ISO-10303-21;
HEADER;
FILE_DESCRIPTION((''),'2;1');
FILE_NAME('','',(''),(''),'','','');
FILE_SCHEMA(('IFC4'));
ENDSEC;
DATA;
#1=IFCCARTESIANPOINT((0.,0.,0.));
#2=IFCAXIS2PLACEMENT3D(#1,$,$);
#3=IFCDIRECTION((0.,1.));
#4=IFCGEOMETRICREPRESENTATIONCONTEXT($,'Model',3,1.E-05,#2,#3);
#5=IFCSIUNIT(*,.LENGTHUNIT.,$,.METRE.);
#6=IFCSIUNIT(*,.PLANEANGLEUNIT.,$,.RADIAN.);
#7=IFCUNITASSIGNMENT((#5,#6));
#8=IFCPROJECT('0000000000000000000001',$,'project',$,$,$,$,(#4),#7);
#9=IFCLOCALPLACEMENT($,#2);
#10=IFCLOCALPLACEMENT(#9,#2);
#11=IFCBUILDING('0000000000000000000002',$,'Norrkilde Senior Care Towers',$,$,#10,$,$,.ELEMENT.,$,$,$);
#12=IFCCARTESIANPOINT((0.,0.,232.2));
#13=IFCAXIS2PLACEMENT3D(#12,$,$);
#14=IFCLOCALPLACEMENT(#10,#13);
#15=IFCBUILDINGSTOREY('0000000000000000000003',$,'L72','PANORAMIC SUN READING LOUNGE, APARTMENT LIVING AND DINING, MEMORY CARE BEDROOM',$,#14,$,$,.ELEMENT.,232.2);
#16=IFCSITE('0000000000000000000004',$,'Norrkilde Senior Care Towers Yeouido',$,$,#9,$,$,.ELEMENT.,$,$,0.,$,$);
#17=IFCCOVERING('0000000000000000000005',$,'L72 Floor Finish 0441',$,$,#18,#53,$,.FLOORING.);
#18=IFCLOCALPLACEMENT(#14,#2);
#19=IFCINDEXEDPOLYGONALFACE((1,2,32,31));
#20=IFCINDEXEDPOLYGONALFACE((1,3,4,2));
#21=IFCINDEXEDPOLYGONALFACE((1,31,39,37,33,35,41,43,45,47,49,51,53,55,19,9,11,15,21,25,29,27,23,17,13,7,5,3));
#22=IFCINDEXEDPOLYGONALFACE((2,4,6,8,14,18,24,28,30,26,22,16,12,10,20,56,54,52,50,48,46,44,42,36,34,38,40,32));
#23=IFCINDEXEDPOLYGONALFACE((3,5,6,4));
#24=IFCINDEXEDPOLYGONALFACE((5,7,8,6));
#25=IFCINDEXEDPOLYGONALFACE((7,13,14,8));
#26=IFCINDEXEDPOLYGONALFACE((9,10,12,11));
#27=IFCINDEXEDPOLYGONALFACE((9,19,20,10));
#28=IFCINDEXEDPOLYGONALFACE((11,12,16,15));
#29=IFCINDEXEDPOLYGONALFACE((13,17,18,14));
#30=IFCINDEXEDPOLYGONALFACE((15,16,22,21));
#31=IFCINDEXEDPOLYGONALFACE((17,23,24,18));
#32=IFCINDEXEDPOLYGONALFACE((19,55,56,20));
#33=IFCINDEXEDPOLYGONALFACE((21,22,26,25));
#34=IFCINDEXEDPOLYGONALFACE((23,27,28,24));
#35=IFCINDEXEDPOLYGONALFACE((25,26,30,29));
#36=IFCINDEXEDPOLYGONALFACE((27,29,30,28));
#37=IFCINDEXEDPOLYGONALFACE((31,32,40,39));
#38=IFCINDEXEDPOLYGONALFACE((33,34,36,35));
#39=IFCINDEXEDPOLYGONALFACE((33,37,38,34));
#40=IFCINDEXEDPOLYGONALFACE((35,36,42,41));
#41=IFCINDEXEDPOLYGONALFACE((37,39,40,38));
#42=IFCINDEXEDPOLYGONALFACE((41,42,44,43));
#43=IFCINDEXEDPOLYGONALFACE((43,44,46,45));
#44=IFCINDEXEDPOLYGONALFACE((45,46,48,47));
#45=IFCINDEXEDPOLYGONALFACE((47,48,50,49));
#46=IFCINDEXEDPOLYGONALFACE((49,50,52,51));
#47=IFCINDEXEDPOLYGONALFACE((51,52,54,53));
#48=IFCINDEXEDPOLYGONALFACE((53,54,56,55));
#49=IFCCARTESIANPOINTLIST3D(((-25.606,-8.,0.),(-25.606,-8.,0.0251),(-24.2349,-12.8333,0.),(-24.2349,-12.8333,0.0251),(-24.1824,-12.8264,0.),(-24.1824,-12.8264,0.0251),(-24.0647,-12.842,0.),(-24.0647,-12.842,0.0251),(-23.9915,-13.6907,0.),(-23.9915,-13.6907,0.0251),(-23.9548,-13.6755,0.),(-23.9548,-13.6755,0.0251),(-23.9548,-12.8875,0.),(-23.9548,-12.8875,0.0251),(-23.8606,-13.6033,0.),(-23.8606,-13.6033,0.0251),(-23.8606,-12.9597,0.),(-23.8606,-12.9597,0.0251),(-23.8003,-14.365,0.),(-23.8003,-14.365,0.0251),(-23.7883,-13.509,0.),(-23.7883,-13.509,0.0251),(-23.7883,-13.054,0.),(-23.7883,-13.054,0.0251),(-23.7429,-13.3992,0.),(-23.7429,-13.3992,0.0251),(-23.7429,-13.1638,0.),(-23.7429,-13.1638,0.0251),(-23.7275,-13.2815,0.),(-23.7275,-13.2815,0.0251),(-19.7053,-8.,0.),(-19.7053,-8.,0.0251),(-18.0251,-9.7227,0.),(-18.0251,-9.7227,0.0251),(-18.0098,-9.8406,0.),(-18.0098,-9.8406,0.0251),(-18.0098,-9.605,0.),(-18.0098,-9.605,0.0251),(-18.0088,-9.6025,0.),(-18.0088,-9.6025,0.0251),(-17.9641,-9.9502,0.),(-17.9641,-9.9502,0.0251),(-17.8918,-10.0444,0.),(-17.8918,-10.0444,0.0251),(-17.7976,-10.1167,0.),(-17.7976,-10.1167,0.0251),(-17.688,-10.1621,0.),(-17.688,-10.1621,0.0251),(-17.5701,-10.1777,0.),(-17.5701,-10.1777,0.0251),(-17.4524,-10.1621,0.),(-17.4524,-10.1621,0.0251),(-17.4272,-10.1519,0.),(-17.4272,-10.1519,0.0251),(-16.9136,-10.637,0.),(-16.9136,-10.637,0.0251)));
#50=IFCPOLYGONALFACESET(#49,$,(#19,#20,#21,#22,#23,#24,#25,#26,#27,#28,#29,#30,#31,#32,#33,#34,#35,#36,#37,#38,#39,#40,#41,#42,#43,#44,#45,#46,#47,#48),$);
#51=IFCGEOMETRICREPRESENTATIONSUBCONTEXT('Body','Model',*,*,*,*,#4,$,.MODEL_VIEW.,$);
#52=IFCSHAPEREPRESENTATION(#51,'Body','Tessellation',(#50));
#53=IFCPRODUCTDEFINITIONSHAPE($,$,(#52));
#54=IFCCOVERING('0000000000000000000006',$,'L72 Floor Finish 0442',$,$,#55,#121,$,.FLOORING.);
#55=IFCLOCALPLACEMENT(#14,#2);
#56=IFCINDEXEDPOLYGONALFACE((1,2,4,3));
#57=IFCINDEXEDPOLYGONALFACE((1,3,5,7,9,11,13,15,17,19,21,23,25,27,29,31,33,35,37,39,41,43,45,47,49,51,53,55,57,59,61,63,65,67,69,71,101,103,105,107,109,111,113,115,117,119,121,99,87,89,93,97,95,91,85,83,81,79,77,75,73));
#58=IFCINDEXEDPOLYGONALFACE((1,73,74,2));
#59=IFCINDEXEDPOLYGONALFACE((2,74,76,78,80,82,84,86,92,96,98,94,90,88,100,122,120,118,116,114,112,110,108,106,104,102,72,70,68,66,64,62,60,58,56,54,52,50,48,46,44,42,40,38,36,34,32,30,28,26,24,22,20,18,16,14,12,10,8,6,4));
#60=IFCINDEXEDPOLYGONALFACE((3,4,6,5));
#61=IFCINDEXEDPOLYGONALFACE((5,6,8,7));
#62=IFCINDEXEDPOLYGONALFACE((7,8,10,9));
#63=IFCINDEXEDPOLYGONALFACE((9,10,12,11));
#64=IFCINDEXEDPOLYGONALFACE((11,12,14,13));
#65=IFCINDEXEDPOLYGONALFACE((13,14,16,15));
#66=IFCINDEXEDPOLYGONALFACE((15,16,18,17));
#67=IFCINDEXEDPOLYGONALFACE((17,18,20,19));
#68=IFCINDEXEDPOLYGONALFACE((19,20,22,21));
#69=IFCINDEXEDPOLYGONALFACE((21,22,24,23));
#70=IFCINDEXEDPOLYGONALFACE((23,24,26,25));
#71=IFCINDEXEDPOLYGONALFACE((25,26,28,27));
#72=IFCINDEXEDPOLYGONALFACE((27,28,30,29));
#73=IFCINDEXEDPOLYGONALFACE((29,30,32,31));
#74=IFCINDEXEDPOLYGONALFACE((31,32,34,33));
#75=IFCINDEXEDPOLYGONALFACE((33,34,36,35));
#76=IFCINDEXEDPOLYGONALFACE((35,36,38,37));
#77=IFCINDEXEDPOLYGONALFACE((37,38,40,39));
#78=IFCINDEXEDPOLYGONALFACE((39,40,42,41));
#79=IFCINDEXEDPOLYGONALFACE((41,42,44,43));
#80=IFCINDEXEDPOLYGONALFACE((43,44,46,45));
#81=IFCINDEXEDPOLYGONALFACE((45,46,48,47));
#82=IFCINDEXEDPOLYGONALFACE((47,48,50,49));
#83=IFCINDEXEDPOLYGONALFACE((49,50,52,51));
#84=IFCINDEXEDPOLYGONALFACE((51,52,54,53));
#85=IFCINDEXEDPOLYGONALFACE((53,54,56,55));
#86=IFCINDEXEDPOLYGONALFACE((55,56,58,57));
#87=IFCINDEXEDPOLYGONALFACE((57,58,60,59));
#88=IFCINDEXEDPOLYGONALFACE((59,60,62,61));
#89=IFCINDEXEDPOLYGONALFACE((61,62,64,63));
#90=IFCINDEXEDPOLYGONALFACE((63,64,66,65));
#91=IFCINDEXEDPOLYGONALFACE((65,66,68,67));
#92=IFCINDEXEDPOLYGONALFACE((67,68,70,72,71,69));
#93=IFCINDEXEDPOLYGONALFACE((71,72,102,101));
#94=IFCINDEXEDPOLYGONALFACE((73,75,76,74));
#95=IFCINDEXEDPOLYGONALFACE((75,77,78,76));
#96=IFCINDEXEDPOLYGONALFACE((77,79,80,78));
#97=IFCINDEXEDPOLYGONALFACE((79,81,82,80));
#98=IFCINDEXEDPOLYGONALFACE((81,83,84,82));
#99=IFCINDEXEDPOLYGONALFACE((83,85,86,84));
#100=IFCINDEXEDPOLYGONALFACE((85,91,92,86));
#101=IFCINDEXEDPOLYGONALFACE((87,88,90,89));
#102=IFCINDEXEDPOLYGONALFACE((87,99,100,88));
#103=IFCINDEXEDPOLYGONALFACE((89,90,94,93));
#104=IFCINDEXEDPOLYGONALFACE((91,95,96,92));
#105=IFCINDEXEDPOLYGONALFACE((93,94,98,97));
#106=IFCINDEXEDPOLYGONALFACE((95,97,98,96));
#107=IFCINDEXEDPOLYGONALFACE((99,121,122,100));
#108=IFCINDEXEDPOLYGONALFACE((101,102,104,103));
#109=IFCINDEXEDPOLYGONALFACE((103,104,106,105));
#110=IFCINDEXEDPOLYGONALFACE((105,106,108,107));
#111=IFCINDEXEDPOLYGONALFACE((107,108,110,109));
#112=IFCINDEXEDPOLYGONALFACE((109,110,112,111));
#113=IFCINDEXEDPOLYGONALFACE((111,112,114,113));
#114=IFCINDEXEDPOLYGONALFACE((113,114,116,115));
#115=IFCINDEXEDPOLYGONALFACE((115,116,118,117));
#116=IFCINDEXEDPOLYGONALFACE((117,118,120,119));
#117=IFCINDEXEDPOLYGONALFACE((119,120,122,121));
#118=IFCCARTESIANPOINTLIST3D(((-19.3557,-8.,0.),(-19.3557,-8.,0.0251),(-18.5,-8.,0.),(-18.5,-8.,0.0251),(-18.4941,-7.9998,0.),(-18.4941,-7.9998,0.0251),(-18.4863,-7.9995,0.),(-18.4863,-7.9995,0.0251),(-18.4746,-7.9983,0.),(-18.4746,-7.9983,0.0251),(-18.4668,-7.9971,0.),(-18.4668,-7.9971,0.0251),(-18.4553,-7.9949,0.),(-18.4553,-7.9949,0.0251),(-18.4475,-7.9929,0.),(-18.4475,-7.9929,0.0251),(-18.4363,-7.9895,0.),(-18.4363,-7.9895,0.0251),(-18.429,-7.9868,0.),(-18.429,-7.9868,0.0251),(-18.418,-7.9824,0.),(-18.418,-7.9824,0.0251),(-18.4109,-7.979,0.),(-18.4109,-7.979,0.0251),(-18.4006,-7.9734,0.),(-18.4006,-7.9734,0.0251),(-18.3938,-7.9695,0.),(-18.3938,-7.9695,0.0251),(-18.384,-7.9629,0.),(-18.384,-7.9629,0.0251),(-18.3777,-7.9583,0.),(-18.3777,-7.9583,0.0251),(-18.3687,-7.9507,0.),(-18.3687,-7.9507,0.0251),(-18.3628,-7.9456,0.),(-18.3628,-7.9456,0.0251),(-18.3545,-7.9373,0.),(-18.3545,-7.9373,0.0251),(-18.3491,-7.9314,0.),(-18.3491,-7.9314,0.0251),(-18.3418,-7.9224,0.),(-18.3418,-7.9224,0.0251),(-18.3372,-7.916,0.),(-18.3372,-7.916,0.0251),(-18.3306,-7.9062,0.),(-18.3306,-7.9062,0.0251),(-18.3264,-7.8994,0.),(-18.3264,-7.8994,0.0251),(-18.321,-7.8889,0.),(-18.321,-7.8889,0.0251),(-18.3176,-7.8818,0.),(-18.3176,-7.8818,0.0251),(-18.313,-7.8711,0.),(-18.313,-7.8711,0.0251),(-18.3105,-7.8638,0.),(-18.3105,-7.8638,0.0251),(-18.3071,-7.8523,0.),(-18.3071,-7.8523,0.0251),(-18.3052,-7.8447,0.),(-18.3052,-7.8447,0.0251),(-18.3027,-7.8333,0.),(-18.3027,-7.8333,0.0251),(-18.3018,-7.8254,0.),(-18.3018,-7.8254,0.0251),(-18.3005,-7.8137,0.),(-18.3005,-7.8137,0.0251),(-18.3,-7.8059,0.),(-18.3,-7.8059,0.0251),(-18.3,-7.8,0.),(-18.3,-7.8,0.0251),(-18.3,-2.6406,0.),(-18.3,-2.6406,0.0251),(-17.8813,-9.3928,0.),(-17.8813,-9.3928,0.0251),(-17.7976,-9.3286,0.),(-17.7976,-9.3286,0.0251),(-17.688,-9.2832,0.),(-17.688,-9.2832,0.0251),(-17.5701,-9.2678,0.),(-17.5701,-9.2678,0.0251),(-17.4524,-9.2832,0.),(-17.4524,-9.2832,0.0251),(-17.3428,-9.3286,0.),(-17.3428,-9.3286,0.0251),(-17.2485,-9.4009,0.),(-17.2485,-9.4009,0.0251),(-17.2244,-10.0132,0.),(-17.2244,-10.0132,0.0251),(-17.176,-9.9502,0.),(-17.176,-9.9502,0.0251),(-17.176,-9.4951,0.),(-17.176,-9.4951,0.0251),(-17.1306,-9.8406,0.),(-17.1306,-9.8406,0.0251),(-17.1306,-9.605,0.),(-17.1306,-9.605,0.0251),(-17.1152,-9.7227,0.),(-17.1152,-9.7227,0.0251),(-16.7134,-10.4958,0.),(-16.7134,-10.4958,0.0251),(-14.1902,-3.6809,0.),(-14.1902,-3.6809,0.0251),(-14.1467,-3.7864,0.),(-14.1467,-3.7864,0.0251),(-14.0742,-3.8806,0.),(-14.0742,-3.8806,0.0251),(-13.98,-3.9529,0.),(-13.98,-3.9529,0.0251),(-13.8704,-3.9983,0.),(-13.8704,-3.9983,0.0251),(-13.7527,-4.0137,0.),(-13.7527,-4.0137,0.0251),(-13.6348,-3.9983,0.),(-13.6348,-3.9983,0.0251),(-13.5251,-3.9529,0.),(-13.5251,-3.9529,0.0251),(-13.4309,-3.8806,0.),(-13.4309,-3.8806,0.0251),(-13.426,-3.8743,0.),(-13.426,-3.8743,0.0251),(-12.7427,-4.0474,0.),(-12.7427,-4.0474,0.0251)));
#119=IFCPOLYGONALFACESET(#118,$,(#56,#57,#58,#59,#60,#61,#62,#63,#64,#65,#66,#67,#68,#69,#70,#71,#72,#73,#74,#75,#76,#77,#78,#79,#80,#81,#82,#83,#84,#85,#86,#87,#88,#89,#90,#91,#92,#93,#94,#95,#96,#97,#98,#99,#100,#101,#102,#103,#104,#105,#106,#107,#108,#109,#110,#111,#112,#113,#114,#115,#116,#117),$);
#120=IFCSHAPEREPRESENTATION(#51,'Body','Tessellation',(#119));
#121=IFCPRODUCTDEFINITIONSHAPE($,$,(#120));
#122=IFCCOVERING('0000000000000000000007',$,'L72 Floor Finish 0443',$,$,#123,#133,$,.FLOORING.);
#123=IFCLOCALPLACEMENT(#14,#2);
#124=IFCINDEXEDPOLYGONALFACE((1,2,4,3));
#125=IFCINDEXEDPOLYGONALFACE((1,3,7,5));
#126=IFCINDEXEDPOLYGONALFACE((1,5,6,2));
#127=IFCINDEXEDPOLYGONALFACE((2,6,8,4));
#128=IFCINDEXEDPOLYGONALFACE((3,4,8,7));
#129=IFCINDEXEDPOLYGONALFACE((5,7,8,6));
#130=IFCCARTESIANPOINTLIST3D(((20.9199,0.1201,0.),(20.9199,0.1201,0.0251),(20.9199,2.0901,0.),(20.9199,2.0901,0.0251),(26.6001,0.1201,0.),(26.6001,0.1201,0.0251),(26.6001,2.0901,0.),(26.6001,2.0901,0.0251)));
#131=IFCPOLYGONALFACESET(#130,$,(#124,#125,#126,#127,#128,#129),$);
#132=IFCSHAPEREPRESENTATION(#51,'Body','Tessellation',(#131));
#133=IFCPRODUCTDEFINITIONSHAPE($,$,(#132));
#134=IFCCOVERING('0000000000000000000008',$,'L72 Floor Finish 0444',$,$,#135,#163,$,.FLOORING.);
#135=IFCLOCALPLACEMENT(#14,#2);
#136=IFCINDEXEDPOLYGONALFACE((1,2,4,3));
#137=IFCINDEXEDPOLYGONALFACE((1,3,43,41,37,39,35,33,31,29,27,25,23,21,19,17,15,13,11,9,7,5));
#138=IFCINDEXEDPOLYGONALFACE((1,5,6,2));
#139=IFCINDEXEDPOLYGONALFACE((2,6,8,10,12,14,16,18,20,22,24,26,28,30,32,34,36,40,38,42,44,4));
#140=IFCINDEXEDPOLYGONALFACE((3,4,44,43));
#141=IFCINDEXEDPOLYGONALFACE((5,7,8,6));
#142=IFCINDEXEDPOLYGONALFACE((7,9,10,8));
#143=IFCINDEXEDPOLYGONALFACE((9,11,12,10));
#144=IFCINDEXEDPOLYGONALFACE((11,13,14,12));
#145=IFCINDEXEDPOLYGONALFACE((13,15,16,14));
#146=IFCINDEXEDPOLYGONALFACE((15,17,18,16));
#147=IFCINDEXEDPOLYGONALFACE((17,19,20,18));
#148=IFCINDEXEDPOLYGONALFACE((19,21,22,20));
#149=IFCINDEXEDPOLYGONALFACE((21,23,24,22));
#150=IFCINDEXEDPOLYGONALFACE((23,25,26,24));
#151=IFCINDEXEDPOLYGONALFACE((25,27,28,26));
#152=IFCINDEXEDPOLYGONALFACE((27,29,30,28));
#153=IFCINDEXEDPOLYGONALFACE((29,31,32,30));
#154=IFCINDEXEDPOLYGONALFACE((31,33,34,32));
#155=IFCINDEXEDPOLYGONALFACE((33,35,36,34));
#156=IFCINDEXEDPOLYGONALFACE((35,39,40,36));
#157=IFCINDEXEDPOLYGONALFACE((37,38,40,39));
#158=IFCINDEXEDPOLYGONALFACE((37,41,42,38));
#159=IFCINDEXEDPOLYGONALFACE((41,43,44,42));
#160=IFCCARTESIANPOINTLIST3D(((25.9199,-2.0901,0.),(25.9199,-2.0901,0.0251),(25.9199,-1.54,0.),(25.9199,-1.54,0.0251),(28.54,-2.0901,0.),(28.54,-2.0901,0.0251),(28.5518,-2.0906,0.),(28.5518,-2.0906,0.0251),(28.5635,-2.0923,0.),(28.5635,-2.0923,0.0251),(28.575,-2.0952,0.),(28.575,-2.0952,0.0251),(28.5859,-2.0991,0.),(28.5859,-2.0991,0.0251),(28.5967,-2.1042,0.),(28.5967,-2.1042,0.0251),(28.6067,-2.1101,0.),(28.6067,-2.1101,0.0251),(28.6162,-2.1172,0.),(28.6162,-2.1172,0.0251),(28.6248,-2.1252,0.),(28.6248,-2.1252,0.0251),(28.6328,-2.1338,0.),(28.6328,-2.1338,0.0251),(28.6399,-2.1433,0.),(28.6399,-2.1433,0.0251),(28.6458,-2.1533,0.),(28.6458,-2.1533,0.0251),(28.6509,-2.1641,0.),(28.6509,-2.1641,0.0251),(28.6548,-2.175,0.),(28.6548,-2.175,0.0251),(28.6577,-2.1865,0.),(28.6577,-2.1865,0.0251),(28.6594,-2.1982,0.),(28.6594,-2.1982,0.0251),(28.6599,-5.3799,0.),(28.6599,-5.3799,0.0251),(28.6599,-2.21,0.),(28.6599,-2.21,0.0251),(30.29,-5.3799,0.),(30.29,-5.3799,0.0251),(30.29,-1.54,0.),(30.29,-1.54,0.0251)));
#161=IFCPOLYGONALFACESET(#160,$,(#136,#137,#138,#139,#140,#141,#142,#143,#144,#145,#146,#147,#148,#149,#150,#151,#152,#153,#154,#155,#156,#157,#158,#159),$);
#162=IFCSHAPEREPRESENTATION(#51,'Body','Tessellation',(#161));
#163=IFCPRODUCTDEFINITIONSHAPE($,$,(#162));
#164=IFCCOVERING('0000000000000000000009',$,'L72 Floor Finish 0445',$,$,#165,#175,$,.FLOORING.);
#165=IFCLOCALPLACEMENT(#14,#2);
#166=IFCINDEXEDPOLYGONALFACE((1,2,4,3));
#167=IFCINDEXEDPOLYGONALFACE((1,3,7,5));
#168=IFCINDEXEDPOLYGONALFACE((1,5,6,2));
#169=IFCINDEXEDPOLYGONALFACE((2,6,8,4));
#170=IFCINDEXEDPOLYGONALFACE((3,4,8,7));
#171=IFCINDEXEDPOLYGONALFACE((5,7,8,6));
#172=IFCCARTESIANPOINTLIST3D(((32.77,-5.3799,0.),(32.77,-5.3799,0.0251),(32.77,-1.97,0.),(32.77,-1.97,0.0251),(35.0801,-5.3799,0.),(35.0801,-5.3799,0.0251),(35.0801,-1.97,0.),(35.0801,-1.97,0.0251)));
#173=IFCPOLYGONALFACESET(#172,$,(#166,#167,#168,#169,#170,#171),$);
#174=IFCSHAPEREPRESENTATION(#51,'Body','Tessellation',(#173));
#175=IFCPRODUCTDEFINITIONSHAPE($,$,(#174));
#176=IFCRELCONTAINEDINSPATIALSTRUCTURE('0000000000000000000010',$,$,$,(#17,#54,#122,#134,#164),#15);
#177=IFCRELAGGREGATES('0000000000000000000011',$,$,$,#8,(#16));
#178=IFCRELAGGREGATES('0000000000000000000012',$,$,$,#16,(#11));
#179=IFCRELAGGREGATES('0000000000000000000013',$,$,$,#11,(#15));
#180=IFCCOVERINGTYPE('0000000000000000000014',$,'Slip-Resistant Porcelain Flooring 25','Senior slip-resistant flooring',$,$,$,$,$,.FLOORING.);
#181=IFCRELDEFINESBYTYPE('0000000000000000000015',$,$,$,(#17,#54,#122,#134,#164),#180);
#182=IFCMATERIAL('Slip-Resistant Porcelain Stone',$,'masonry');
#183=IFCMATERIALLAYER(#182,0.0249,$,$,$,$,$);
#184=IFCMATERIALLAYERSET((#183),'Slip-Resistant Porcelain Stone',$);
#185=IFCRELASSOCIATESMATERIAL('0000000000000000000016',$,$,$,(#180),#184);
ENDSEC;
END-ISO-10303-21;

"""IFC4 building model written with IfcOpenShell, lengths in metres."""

from ifc_helpers import new_model, si_unit, direction, frame, origin, place, context, subcontext, project, spatial, polyline, outline, extrude, material, layer, layer_set, type_object, element, save


model = new_model("IFC4")

# Units and contexts
model_context = context("Model", 3, precision=1e-05, world=origin(), true_north=direction((0.0, 1.0)))
body_context = subcontext(model_context, "Body", "Model", "MODEL_VIEW")
ifc_project = project(units=[si_unit("LENGTHUNIT", "METRE"), si_unit("PLANEANGLEUNIT", "RADIAN")], contexts=[model_context])

# Site, building, storey
site_placement = place(None, origin())
site = spatial("IfcSite", under=ifc_project, at=site_placement, Name="Norrkilde Senior Care Towers Yeouido", CompositionType="ELEMENT", RefElevation=0.0)
building_placement = place(site_placement, origin())
building = spatial("IfcBuilding", under=site, at=building_placement, Name="Norrkilde Senior Care Towers", CompositionType="ELEMENT")
storey_placement = place(building_placement, frame((0.0, 0.0, 232.2)))
storey = spatial("IfcBuildingStorey", under=building, at=storey_placement, Name="L72", Description="PANORAMIC SUN READING LOUNGE, APARTMENT LIVING AND DINING, MEMORY CARE BEDROOM", CompositionType="ELEMENT", Elevation=232.2)

# Coverings
ifc_material_1 = material(Name="Slip-Resistant Porcelain Stone", Category="masonry")
ifc_layer_1 = layer(ifc_material_1, 0.0249)
ifc_layer_set_1 = layer_set([ifc_layer_1], Name="Slip-Resistant Porcelain Stone")
covering_type_1 = type_object("IfcCoveringType", Name="Slip-Resistant Porcelain Flooring 25", Description="Senior slip-resistant flooring", PredefinedType="FLOORING", material=ifc_layer_set_1)
covering_1_placement = place(storey_placement, origin())
element("IfcCovering", 1, at=covering_1_placement, inside=storey, type_object=covering_type_1, Name="L72 Floor Finish 0441", PredefinedType="FLOORING", context=body_context, shape_type="SweptSolid", body=[
    extrude(outline(polyline([(-23.8003, -14.365), (-23.9915, -13.6907), (-23.9548, -13.6755), (-23.8606, -13.6033), (-23.7883, -13.509), (-23.7429, -13.3992), (-23.7275, -13.2815), (-23.7429, -13.1638), (-23.7883, -13.054), (-23.8606, -12.9597), (-23.9548, -12.8875), (-24.0647, -12.842), (-24.1824, -12.8264), (-24.2349, -12.8333), (-25.606, -8.0), (-19.7053, -8.0), (-18.0088, -9.6025), (-18.0098, -9.605), (-18.0251, -9.7227), (-18.0098, -9.8406), (-17.9641, -9.9502), (-17.8918, -10.0444), (-17.7976, -10.1167), (-17.688, -10.1621), (-17.5701, -10.1777), (-17.4524, -10.1621), (-17.4272, -10.1519), (-16.9136, -10.637), (-23.8003, -14.365)])), origin(), (0.0, 0.0, 1.0), 0.0251),
])
covering_2_placement = place(storey_placement, origin())
element("IfcCovering", 2, at=covering_2_placement, inside=storey, type_object=covering_type_1, Name="L72 Floor Finish 0442", PredefinedType="FLOORING", context=body_context, shape_type="SweptSolid", body=[
    extrude(outline(polyline([(-18.4475, -7.9929), (-18.4363, -7.9895), (-18.429, -7.9868), (-18.418, -7.9824), (-18.4109, -7.979), (-18.4006, -7.9734), (-18.3938, -7.9695), (-18.384, -7.9629), (-18.3777, -7.9583), (-18.3687, -7.9507), (-18.3628, -7.9456), (-18.3545, -7.9373), (-18.3491, -7.9314), (-18.3418, -7.9224), (-18.3372, -7.916), (-18.3306, -7.9062), (-18.3264, -7.8994), (-18.321, -7.8889), (-18.3176, -7.8818), (-18.313, -7.8711), (-18.3105, -7.8638), (-18.3071, -7.8523), (-18.3052, -7.8447), (-18.3027, -7.8333), (-18.3018, -7.8254), (-18.3005, -7.8137), (-18.3, -7.8059), (-18.3, -7.8), (-18.3, -2.6406), (-14.1902, -3.6809), (-14.1467, -3.7864), (-14.0742, -3.8806), (-13.98, -3.9529), (-13.8704, -3.9983), (-13.7527, -4.0137), (-13.6348, -3.9983), (-13.5251, -3.9529), (-13.4309, -3.8806), (-13.426, -3.8743), (-12.7427, -4.0474), (-16.7134, -10.4958), (-17.2244, -10.0132), (-17.176, -9.9502), (-17.1306, -9.8406), (-17.1152, -9.7227), (-17.1306, -9.605), (-17.176, -9.4951), (-17.2485, -9.4009), (-17.3428, -9.3286), (-17.4524, -9.2832), (-17.5701, -9.2678), (-17.688, -9.2832), (-17.7976, -9.3286), (-17.8813, -9.3928), (-19.3557, -8.0), (-18.5, -8.0), (-18.4941, -7.9998), (-18.4863, -7.9995), (-18.4746, -7.9983), (-18.4668, -7.9971), (-18.4553, -7.9949), (-18.4475, -7.9929)])), origin(), (0.0, 0.0, 1.0), 0.0251),
])
covering_3_placement = place(storey_placement, origin())
element("IfcCovering", 3, at=covering_3_placement, inside=storey, type_object=covering_type_1, Name="L72 Floor Finish 0443", PredefinedType="FLOORING", context=body_context, shape_type="SweptSolid", body=[
    extrude(outline(polyline([(20.9199, 0.1201), (20.9199, 2.0901), (26.6001, 2.0901), (26.6001, 0.1201), (20.9199, 0.1201)])), origin(), (0.0, 0.0, 1.0), 0.0251),
])
covering_4_placement = place(storey_placement, origin())
element("IfcCovering", 4, at=covering_4_placement, inside=storey, type_object=covering_type_1, Name="L72 Floor Finish 0444", PredefinedType="FLOORING", context=body_context, shape_type="SweptSolid", body=[
    extrude(outline(polyline([(28.6548, -2.175), (28.6509, -2.1641), (28.6458, -2.1533), (28.6399, -2.1433), (28.6328, -2.1338), (28.6248, -2.1252), (28.6162, -2.1172), (28.6067, -2.1101), (28.5967, -2.1042), (28.5859, -2.0991), (28.575, -2.0952), (28.5635, -2.0923), (28.5518, -2.0906), (28.54, -2.0901), (25.9199, -2.0901), (25.9199, -1.54), (30.29, -1.54), (30.29, -5.3799), (28.6599, -5.3799), (28.6599, -2.21), (28.6594, -2.1982), (28.6577, -2.1865), (28.6548, -2.175)])), origin(), (0.0, 0.0, 1.0), 0.0251),
])
covering_5_placement = place(storey_placement, origin())
element("IfcCovering", 5, at=covering_5_placement, inside=storey, type_object=covering_type_1, Name="L72 Floor Finish 0445", PredefinedType="FLOORING", context=body_context, shape_type="SweptSolid", body=[
    extrude(outline(polyline([(32.77, -5.3799), (32.77, -1.97), (35.0801, -1.97), (35.0801, -5.3799), (32.77, -5.3799)])), origin(), (0.0, 0.0, 1.0), 0.0251),
])

save(model, "model.ifc")
